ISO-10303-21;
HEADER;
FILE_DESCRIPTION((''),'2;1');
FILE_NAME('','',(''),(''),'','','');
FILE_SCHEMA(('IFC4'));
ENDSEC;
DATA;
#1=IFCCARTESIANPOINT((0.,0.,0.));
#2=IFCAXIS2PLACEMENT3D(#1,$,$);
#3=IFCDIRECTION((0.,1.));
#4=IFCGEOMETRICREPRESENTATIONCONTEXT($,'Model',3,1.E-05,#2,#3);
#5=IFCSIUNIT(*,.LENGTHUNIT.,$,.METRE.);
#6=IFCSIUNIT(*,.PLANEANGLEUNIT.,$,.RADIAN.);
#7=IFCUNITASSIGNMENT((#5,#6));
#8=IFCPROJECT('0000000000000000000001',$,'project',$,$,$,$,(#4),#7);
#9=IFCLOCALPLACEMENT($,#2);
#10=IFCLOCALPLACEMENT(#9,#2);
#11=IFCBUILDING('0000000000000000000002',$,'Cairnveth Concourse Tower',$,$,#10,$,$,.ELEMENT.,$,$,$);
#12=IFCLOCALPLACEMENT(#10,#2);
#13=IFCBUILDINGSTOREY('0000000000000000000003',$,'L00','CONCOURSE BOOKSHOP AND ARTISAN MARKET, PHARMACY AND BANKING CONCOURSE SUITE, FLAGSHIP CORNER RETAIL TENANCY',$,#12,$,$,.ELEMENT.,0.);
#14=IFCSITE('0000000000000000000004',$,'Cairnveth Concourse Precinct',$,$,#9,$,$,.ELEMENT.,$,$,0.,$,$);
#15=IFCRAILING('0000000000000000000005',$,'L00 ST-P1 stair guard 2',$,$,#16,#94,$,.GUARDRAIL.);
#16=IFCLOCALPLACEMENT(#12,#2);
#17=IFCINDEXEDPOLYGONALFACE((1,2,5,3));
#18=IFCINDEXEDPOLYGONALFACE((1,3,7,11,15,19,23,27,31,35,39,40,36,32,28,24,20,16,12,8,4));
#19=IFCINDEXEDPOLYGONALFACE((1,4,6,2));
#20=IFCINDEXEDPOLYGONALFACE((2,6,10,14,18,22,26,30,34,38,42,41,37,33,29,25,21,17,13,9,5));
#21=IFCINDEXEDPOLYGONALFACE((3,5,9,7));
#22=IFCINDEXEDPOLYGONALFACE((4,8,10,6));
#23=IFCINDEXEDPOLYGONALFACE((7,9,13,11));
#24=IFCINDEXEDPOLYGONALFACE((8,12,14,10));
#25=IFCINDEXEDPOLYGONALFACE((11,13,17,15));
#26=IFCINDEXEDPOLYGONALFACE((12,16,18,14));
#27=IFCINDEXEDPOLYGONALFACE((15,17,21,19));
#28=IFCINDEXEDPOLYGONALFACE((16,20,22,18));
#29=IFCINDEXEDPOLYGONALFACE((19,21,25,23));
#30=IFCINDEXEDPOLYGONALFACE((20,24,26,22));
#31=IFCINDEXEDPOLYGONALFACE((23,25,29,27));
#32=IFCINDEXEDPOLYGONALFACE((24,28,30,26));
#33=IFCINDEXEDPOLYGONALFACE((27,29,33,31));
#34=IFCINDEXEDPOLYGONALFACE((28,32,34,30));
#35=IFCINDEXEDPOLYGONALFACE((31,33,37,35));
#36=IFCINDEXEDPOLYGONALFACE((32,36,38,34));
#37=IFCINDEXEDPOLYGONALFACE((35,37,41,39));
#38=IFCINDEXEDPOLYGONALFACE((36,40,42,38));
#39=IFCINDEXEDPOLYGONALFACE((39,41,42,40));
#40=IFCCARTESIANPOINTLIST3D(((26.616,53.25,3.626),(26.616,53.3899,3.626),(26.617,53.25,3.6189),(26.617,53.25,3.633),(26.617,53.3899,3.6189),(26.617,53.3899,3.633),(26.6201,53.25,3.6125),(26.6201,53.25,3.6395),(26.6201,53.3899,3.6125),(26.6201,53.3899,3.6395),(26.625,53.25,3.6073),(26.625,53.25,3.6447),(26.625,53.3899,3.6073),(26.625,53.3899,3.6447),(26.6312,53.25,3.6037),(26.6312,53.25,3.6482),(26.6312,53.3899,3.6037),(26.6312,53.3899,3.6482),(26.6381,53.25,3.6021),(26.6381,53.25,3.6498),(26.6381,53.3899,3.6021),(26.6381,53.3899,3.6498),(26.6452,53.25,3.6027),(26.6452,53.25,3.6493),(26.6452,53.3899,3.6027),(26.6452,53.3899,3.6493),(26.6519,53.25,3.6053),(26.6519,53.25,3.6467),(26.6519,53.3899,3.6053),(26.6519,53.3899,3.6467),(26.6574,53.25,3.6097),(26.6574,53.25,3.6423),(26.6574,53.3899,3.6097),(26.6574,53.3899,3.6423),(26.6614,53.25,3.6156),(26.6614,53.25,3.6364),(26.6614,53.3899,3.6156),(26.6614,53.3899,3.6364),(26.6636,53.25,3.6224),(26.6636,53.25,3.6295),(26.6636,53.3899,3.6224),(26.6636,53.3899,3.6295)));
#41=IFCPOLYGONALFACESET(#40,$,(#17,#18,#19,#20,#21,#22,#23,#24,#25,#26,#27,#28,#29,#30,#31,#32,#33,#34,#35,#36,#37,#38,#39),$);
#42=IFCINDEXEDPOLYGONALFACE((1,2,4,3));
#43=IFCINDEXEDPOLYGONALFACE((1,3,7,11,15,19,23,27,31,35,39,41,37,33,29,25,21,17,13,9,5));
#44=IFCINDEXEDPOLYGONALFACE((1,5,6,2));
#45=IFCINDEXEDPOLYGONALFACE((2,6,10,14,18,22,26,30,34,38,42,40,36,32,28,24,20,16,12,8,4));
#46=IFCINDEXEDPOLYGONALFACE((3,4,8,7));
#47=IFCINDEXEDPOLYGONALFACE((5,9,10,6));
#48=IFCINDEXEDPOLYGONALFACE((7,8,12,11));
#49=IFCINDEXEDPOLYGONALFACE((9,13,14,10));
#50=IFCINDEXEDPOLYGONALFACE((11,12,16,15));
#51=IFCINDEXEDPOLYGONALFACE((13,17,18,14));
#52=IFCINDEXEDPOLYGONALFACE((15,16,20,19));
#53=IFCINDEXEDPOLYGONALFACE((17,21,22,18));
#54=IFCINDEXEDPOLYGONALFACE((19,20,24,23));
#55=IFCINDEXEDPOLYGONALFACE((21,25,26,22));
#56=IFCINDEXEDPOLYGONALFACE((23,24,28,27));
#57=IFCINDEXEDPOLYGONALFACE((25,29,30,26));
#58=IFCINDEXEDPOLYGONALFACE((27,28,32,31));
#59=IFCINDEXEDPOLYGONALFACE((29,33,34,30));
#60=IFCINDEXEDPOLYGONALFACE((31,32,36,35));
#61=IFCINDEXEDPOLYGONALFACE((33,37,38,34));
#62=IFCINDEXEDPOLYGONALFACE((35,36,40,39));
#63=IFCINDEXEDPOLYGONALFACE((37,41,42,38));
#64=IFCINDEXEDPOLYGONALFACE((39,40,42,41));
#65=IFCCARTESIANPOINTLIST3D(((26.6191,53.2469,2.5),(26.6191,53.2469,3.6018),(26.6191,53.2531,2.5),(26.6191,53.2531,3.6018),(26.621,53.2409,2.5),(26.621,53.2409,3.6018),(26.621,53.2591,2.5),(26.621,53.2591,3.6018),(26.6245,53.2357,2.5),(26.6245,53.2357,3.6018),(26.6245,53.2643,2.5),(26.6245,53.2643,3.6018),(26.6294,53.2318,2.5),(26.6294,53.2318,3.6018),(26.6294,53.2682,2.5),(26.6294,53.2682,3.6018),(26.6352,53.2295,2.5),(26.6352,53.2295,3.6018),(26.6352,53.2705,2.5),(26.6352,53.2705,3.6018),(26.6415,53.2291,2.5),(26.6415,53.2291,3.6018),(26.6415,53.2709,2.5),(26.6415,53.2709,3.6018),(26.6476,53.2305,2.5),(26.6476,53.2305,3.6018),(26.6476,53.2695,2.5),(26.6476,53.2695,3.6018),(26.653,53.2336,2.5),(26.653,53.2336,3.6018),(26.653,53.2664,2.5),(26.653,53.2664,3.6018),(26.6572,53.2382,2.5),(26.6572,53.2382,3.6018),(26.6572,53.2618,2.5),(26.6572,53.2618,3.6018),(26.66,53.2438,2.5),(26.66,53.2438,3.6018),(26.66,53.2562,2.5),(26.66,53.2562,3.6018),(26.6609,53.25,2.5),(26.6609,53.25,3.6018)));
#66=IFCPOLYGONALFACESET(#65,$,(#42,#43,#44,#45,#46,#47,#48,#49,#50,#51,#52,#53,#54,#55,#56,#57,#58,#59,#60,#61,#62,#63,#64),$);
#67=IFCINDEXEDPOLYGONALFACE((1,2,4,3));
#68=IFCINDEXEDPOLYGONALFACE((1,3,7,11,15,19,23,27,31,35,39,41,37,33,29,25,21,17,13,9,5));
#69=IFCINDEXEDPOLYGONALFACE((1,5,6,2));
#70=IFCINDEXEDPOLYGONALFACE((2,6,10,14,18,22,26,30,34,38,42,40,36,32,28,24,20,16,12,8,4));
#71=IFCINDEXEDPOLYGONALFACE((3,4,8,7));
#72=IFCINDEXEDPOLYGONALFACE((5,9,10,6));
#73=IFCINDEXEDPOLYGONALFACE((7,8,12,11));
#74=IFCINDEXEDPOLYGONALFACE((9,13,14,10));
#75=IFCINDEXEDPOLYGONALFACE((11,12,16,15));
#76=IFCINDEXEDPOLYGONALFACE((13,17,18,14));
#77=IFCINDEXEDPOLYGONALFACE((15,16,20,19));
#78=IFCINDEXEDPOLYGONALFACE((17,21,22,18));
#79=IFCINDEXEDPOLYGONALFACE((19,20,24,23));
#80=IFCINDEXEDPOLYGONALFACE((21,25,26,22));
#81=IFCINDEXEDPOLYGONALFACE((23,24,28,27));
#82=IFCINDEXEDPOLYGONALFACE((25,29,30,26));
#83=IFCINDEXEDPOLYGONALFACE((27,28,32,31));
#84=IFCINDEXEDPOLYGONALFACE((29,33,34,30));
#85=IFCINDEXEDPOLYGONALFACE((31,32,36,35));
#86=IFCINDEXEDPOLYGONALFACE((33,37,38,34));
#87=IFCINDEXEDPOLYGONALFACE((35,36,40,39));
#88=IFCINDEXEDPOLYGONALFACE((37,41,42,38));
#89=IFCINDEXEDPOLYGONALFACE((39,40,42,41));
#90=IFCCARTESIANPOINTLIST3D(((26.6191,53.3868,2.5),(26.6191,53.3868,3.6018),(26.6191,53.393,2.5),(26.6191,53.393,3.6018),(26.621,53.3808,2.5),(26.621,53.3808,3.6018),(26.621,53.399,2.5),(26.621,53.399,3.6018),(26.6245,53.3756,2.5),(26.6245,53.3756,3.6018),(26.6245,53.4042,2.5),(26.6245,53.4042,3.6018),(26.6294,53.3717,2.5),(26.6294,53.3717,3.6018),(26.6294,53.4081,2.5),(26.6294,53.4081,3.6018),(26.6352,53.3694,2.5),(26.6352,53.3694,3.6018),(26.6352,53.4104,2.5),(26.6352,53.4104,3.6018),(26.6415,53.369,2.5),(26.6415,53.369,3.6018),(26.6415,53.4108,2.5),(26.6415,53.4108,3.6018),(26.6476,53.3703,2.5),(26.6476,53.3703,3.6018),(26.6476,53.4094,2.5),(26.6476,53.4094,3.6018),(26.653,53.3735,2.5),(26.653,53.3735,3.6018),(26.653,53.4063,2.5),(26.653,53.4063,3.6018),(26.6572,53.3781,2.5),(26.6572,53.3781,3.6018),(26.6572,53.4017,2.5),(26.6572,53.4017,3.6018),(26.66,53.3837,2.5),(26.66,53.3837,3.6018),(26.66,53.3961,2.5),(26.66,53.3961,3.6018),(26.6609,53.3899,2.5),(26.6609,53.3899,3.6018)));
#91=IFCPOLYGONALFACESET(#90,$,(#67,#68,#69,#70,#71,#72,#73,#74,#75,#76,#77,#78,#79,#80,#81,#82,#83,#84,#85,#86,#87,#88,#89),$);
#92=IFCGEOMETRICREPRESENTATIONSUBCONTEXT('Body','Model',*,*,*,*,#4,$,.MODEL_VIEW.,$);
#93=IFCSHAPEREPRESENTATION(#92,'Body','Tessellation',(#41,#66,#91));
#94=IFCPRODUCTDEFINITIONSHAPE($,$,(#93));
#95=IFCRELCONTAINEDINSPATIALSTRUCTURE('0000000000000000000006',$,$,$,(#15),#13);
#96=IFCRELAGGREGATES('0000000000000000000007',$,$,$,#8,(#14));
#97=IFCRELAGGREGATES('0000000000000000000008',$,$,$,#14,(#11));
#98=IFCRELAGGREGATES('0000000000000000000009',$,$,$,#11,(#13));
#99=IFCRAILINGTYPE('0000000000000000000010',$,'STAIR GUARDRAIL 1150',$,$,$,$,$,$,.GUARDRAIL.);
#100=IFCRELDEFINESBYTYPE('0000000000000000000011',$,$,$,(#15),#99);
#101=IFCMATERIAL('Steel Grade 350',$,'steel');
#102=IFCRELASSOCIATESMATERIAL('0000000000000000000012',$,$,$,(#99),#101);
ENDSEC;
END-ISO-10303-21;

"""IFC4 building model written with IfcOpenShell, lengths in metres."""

from ifc_helpers import new_model, si_unit, direction, frame, origin, origin_2d, place, context, subcontext, project, spatial, circle, extrude, material, type_object, element, save


model = new_model("IFC4")

# Units and contexts
model_context = context("Model", 3, precision=1e-05, world=origin(), true_north=direction((0.0, 1.0)))
body_context = subcontext(model_context, "Body", "Model", "MODEL_VIEW")
ifc_project = project(units=[si_unit("LENGTHUNIT", "METRE"), si_unit("PLANEANGLEUNIT", "RADIAN")], contexts=[model_context])

# Site, building, storey
site_placement = place(None, origin())
site = spatial("IfcSite", under=ifc_project, at=site_placement, Name="Cairnveth Concourse Precinct", CompositionType="ELEMENT", RefElevation=0.0)
building_placement = place(site_placement, origin())
building = spatial("IfcBuilding", under=site, at=building_placement, Name="Cairnveth Concourse Tower", CompositionType="ELEMENT")
storey_placement = place(building_placement, origin())
storey = spatial("IfcBuildingStorey", under=building, at=storey_placement, Name="L00", Description="CONCOURSE BOOKSHOP AND ARTISAN MARKET, PHARMACY AND BANKING CONCOURSE SUITE, FLAGSHIP CORNER RETAIL TENANCY", CompositionType="ELEMENT", Elevation=0.0)

# Shared definitions
ifc_material_1 = material(Name="Steel Grade 350", Category="steel")

# Railing
railing_type_1 = type_object("IfcRailingType", Name="STAIR GUARDRAIL 1150", PredefinedType="GUARDRAIL", material=ifc_material_1)
railing_1_placement = place(storey_placement, frame((26.6399, 53.25, 2.5)))
element("IfcRailing", 1, at=railing_1_placement, inside=storey, type_object=railing_type_1, Name="L00 ST-P1 stair guard 2", PredefinedType="GUARDRAIL", context=body_context, shape_type="SweptSolid", body=[
    extrude(circle(Radius=0.0239, at=origin_2d()), frame((0.0, 0.0, 1.126), z_axis=(0.0, 1.0, 0.0), x_axis=(-1.0, 0.0, 0.0)), (0.0, 0.0, 1.0), 0.1399),
    extrude(circle(Radius=0.021, at=origin_2d()), origin(), (0.0, 0.0, 1.0), 1.1018),
    extrude(circle(Radius=0.021, at=origin_2d()), frame((0.0, 0.1399, 0.0)), (0.0, 0.0, 1.0), 1.1018),
])

save(model, "model.ifc")
